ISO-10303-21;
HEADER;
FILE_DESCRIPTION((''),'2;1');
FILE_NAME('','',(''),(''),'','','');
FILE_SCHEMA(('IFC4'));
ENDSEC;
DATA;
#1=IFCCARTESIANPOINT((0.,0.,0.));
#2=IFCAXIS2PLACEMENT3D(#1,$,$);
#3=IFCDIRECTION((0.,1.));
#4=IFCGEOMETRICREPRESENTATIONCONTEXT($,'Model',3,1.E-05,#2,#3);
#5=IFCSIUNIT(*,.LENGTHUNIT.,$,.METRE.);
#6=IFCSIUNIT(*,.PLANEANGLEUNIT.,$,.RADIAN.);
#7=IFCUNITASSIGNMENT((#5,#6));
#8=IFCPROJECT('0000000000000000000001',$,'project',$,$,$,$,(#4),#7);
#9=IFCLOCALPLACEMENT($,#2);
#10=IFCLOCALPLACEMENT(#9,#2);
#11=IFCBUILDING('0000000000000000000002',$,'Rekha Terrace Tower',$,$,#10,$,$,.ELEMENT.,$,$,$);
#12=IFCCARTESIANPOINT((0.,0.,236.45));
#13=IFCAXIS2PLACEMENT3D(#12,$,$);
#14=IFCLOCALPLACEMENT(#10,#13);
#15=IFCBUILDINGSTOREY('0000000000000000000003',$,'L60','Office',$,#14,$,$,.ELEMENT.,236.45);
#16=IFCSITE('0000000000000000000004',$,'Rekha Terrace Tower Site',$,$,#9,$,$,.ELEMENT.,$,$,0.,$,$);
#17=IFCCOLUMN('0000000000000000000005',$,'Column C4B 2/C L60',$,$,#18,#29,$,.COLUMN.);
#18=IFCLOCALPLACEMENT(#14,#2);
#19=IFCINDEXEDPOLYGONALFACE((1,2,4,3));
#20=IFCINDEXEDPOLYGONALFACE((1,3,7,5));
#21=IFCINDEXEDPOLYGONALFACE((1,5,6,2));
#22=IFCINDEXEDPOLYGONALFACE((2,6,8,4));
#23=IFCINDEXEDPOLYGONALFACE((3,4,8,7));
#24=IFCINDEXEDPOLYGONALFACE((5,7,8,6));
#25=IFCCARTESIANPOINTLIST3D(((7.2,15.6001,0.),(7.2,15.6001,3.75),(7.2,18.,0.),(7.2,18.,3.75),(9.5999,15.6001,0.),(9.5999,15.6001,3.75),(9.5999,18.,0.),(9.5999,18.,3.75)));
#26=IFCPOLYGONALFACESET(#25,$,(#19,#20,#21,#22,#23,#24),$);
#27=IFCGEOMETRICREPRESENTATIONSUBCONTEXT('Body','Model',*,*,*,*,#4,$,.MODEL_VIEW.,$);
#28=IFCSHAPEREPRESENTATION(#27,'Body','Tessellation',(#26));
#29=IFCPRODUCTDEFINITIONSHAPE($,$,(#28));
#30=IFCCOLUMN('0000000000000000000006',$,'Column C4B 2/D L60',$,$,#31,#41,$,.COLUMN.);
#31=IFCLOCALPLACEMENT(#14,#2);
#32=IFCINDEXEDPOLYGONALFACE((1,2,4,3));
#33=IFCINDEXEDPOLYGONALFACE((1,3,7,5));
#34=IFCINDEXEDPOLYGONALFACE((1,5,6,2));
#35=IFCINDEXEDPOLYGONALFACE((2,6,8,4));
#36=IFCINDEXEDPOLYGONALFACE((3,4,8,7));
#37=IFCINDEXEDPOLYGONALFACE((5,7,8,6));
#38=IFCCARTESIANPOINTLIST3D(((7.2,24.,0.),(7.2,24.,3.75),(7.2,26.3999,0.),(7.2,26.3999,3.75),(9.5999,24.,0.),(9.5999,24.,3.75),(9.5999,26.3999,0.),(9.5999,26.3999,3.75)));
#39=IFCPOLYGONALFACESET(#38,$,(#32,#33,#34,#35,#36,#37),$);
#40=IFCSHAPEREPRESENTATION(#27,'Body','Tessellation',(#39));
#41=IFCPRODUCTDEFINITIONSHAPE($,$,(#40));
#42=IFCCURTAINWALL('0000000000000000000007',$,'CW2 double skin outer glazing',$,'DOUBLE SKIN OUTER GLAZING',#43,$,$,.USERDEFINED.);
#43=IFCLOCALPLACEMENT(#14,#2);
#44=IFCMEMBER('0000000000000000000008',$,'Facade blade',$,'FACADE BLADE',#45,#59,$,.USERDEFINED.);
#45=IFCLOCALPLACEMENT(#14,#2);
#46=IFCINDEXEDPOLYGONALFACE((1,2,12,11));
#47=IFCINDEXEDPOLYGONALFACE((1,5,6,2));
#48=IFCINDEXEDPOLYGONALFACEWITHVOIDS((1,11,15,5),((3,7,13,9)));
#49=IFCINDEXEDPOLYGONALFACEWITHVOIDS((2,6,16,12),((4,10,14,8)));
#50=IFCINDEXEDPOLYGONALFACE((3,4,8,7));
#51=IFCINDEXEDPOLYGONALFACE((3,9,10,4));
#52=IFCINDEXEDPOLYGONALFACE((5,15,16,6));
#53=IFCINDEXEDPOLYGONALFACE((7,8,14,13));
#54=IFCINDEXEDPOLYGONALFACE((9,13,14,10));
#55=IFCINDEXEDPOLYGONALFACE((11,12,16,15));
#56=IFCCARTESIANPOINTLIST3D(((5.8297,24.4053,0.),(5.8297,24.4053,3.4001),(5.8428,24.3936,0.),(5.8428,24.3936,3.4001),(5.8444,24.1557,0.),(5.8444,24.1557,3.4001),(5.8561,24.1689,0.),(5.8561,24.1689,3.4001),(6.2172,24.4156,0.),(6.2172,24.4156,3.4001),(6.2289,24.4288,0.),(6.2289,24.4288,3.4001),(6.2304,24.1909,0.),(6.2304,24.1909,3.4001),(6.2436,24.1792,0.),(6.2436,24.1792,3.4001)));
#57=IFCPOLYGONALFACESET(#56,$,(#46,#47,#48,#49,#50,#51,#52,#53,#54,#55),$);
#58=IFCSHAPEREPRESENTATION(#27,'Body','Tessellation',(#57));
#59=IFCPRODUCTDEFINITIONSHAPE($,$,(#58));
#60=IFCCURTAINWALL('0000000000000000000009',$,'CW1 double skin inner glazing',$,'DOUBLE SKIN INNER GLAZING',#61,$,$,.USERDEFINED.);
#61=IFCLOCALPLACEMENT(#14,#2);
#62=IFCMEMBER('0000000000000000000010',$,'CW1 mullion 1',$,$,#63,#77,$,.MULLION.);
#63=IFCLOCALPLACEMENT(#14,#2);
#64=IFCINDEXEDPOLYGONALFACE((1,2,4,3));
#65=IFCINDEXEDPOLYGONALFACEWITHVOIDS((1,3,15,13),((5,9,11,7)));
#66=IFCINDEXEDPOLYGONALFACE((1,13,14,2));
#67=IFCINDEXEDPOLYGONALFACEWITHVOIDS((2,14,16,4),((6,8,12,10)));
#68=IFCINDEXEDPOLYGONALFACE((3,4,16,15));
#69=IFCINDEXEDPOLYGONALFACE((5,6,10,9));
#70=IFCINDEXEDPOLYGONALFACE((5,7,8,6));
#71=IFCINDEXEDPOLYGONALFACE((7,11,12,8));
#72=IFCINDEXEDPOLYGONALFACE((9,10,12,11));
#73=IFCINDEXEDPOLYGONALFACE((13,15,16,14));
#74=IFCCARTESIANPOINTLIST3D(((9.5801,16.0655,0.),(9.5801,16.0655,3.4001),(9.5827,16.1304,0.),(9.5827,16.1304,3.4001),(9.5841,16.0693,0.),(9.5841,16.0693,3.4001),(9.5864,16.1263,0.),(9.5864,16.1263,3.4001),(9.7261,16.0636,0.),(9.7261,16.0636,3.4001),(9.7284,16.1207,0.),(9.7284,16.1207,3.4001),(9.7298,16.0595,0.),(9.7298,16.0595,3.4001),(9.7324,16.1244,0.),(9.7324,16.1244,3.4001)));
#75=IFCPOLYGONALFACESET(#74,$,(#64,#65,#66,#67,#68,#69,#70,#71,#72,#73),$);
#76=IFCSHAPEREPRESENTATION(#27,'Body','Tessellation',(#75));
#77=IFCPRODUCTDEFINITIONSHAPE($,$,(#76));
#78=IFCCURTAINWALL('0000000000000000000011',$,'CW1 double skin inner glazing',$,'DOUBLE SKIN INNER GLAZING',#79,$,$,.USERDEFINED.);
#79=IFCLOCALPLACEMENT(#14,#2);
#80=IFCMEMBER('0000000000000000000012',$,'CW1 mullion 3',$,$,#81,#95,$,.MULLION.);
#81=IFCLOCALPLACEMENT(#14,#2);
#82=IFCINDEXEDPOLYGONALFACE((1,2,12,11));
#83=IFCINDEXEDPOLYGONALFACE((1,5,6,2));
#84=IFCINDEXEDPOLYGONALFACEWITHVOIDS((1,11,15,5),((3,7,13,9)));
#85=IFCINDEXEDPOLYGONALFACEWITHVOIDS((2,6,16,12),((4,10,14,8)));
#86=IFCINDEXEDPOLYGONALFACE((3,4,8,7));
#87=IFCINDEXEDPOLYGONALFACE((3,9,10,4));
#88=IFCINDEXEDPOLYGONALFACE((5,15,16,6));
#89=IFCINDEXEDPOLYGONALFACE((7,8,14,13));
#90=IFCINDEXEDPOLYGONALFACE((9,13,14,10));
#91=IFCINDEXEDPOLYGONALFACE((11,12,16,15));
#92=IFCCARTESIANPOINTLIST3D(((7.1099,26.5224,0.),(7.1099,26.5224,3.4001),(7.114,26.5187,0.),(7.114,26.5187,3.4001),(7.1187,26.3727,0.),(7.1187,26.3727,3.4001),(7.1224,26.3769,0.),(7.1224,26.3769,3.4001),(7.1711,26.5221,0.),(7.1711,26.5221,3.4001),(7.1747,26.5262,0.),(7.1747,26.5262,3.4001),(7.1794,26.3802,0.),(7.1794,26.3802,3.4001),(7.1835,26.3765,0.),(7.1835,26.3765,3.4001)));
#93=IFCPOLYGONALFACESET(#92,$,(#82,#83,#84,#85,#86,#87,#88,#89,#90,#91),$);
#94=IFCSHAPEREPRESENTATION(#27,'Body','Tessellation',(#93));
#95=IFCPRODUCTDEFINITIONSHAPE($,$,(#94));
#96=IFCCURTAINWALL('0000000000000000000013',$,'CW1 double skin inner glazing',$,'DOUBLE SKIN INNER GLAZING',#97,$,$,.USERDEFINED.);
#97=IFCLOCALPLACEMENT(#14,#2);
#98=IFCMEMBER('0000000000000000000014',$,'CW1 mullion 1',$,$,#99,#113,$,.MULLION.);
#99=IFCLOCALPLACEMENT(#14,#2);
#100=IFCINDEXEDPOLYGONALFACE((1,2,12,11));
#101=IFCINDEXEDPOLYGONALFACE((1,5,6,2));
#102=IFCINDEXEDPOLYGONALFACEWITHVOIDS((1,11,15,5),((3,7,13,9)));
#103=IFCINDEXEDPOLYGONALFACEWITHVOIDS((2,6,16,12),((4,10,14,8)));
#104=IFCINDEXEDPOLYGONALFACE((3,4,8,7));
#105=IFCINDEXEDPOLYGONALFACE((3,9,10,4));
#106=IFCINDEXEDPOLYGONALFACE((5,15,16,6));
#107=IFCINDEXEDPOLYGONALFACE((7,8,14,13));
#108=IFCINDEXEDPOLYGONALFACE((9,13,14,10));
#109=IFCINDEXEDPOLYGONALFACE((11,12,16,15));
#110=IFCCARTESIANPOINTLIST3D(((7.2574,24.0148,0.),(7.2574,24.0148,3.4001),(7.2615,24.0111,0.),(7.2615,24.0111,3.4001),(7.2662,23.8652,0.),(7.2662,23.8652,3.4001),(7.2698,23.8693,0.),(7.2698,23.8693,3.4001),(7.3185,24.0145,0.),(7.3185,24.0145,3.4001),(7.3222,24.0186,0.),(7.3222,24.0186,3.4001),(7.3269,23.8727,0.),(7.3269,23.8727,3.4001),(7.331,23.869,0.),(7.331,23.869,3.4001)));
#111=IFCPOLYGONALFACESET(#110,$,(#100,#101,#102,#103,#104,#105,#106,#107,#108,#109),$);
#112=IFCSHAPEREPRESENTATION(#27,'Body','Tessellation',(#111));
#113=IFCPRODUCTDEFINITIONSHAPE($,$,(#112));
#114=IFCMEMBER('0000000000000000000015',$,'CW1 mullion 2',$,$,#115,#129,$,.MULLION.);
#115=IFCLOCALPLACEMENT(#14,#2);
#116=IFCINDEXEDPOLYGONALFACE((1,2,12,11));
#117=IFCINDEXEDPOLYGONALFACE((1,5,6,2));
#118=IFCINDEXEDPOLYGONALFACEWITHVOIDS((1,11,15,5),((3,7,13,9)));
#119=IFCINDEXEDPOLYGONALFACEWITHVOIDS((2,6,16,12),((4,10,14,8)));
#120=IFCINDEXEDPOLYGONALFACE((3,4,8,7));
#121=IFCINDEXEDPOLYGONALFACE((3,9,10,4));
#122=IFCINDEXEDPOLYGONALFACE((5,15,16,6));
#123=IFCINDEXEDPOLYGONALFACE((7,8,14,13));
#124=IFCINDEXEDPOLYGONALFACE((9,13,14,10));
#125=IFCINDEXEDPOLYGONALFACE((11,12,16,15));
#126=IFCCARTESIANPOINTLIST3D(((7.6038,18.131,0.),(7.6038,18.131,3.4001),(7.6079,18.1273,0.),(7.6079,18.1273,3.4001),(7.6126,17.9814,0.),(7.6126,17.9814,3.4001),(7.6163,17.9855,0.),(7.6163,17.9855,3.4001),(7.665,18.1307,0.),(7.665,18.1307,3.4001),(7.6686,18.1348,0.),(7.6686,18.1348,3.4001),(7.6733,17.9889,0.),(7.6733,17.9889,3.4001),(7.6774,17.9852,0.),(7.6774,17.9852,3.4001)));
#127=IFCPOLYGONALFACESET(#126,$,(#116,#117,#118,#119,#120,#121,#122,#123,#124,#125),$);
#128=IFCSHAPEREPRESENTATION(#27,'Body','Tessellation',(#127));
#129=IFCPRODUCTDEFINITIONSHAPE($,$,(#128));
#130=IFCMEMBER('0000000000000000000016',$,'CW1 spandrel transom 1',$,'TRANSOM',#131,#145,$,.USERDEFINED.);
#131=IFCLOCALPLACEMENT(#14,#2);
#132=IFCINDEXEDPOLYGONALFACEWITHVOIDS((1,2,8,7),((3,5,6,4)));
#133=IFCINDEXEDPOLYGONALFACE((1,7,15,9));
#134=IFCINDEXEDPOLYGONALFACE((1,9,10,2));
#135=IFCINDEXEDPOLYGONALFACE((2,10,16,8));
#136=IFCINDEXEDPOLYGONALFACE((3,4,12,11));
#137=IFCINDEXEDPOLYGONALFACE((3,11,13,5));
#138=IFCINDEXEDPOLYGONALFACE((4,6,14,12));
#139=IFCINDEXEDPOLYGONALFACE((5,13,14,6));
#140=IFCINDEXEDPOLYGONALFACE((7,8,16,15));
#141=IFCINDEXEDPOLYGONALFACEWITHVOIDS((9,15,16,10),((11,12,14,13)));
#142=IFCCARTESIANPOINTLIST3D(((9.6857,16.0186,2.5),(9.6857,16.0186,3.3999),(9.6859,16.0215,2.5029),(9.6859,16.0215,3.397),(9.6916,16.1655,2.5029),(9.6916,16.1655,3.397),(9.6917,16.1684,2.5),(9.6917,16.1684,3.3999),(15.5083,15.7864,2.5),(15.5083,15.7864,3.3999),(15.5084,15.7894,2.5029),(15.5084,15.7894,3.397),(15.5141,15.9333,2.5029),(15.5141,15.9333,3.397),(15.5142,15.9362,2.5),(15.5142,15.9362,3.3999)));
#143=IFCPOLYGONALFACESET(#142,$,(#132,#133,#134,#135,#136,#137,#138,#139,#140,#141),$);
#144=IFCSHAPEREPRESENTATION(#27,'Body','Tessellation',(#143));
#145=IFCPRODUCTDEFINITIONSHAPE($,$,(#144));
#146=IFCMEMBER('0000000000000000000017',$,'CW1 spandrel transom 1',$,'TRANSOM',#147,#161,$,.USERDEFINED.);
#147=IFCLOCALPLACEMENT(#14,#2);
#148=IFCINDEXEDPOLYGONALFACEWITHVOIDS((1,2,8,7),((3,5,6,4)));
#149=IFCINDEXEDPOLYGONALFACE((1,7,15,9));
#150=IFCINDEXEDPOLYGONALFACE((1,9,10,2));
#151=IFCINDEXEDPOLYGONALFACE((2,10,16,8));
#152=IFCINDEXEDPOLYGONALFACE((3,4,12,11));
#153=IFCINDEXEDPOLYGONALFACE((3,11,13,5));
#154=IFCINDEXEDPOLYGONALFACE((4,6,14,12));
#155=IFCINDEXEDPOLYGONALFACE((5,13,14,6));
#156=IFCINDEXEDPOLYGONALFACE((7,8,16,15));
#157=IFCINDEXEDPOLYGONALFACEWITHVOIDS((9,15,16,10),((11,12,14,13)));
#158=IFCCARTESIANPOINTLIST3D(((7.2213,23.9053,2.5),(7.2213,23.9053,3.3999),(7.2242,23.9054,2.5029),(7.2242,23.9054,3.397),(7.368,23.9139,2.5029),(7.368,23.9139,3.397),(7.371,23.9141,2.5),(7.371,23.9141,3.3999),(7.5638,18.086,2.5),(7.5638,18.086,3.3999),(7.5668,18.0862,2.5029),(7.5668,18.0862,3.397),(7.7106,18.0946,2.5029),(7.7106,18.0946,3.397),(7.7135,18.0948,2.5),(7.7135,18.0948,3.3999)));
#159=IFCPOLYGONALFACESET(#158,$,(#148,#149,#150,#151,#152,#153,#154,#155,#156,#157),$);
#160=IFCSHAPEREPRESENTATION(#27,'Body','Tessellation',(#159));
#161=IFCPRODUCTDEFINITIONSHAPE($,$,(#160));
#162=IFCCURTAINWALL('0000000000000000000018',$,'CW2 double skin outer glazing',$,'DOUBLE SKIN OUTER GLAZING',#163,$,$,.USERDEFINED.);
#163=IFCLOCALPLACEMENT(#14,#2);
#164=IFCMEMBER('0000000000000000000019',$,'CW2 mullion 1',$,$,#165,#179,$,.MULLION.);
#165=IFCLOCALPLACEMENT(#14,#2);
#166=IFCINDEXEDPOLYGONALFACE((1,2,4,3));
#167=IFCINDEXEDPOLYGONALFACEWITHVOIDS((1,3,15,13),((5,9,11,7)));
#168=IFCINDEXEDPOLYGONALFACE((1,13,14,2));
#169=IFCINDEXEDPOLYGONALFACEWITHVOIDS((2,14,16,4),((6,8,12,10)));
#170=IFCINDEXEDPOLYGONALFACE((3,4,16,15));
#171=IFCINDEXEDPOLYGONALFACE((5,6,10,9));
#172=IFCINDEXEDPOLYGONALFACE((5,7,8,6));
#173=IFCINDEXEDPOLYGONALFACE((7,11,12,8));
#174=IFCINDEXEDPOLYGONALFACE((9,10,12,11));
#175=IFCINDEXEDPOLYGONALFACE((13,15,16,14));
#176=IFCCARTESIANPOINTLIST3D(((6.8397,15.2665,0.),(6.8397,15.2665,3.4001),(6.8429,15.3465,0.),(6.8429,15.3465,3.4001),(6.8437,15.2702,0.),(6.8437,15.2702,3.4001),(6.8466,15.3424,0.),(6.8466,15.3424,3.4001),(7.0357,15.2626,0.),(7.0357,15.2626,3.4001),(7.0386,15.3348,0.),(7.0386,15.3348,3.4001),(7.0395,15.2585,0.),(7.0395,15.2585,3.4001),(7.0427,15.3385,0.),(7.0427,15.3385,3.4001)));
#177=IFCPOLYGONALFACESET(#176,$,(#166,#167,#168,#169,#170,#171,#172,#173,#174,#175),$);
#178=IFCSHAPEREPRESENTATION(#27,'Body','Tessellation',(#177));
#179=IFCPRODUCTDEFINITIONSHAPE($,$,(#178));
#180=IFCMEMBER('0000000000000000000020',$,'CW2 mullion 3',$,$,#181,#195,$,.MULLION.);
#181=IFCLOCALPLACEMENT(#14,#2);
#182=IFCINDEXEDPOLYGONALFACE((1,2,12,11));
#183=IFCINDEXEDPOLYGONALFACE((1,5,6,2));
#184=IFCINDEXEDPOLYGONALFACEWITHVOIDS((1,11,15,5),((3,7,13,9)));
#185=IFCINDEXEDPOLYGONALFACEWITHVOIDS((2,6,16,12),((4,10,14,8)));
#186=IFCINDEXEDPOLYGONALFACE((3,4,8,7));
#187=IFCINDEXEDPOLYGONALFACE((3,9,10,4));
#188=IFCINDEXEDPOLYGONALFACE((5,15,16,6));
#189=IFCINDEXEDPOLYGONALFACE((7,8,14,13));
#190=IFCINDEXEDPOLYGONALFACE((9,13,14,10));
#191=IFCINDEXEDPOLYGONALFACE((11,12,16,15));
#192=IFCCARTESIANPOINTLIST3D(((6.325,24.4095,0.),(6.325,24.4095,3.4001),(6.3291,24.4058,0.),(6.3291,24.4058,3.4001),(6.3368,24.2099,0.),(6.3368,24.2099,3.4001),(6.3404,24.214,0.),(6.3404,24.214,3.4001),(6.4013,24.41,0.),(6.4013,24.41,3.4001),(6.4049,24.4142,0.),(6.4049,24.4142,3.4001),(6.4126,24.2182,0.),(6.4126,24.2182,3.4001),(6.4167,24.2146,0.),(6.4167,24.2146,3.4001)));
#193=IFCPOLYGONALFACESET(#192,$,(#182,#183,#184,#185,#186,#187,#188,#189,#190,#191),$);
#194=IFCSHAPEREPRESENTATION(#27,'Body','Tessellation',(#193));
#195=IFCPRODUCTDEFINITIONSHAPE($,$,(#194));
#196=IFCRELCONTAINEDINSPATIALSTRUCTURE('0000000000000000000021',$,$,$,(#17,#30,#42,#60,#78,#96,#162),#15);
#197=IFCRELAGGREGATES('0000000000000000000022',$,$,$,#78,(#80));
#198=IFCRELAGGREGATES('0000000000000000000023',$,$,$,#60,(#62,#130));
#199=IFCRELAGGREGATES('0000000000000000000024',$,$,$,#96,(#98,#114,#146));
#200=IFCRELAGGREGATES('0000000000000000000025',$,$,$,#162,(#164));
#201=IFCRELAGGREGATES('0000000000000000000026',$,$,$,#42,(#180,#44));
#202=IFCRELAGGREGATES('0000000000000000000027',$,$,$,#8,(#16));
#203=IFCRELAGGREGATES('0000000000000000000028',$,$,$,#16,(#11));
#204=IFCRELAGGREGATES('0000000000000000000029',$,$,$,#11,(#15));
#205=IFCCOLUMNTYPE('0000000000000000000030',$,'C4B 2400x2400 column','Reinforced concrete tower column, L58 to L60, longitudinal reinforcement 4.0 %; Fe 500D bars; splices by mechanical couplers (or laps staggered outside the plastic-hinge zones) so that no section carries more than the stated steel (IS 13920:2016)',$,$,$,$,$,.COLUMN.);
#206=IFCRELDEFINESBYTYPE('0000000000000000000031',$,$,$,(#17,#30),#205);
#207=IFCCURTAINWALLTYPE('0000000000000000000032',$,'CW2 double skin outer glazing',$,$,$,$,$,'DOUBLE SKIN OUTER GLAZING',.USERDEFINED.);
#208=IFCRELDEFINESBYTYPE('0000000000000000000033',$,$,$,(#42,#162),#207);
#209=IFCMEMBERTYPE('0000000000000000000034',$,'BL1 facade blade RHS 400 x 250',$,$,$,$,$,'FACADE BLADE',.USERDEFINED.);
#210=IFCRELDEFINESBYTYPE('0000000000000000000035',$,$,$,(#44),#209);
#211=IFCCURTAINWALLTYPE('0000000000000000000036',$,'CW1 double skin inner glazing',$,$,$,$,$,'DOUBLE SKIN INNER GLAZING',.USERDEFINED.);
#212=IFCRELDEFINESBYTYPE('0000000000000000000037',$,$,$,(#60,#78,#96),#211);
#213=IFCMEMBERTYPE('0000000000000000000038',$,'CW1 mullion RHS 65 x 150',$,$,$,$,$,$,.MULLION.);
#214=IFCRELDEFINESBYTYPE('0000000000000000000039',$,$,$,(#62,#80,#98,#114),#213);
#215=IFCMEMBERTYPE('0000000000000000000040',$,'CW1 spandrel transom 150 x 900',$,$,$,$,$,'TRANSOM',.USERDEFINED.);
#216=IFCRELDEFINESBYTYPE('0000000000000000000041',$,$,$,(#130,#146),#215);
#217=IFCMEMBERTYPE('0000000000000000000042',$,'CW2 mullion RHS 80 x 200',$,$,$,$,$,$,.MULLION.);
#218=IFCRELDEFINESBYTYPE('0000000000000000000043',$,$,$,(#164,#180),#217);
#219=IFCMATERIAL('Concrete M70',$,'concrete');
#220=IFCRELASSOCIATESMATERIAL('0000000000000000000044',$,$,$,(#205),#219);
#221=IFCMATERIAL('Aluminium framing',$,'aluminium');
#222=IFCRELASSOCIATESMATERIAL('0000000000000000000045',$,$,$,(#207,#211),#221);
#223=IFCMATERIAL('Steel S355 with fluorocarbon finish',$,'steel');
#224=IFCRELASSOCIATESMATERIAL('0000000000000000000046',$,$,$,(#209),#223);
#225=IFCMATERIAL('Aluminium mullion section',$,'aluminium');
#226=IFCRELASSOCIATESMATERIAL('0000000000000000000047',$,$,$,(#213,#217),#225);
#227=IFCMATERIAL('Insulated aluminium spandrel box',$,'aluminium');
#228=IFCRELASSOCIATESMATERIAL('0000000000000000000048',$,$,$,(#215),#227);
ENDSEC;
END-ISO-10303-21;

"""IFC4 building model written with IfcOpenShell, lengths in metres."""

from ifc_helpers import new_model, si_unit, direction, frame, origin, origin_2d, place, context, subcontext, project, spatial, rectangle, hollow_rectangle, extrude, material, material_profile, profile_set, type_object, element, aggregate, save


model = new_model("IFC4")

# Units and contexts
model_context = context("Model", 3, precision=1e-05, world=origin(), true_north=direction((0.0, 1.0)))
body_context = subcontext(model_context, "Body", "Model", "MODEL_VIEW")
ifc_project = project(units=[si_unit("LENGTHUNIT", "METRE"), si_unit("PLANEANGLEUNIT", "RADIAN")], contexts=[model_context])

# Site, building, storey
site_placement = place(None, origin())
site = spatial("IfcSite", under=ifc_project, at=site_placement, Name="Rekha Terrace Tower Site", CompositionType="ELEMENT", RefElevation=0.0)
building_placement = place(site_placement, origin())
building = spatial("IfcBuilding", under=site, at=building_placement, Name="Rekha Terrace Tower", CompositionType="ELEMENT")
storey_placement = place(building_placement, frame((0.0, 0.0, 236.45)))
storey = spatial("IfcBuildingStorey", under=building, at=storey_placement, Name="L60", Description="Office", CompositionType="ELEMENT", Elevation=236.45)

# Columns
ifc_material_1 = material(Name="Concrete M70", Category="concrete")
ifc_material_profile_1 = material_profile(ifc_material_1, rectangle(XDim=2.3999, YDim=2.3999, at=origin_2d()), Name="RC 2400x2400")
ifc_profile_set_1 = profile_set([ifc_material_profile_1], Name="Concrete M70")
column_type = type_object("IfcColumnType", Name="C4B 2400x2400 column", Description="Reinforced concrete tower column, L58 to L60, longitudinal reinforcement 4.0 %; Fe 500D bars; splices by mechanical couplers (or laps staggered outside the plastic-hinge zones) so that no section carries more than the stated steel (IS 13920:2016)", PredefinedType="COLUMN", material=ifc_profile_set_1)
for number, where, z_axis, x_axis, name in (
    (1, (8.3999, 16.8, 0.0), (0.0, 0.0, 1.0), (1.0, 0.0, 0.0), "Column C4B 2/C L60"),
    (2, (8.3999, 25.2, 0.0), (0.0, 0.0, 1.0), (1.0, 0.0, 0.0), "Column C4B 2/D L60"),
):
    element("IfcColumn", number, at=place(storey_placement, frame(where, z_axis=z_axis, x_axis=x_axis)), inside=storey, type_object=column_type, Name=name, PredefinedType="COLUMN", context=body_context, shape_type="SweptSolid", body=[
        extrude(rectangle(XDim=2.3999, YDim=2.3999, at=origin_2d()), origin(), (0.0, 0.0, 1.0), 3.75),
    ])

# Curtain walls, members
ifc_material_2 = material(Name="Aluminium framing", Category="aluminium")
curtain_wall_type_1 = type_object("IfcCurtainWallType", Name="CW2 double skin outer glazing", ElementType="DOUBLE SKIN OUTER GLAZING", PredefinedType="USERDEFINED", material=ifc_material_2)
curtain_wall_1_placement = place(storey_placement, origin())
curtain_wall_1 = element("IfcCurtainWall", 3, at=curtain_wall_1_placement, inside=storey, type_object=curtain_wall_type_1, Name="CW2 double skin outer glazing", ObjectType="DOUBLE SKIN OUTER GLAZING", PredefinedType="USERDEFINED")
ifc_material_3 = material(Name="Steel S355 with fluorocarbon finish", Category="steel")
ifc_material_profile_2 = material_profile(ifc_material_3, hollow_rectangle(XDim=0.25, YDim=0.3999, WallThickness=0.0125, at=origin_2d()), Name="RHS400x250x12.5")
ifc_profile_set_2 = profile_set([ifc_material_profile_2], Name="Steel S355 with fluorocarbon finish")
member_type_1 = type_object("IfcMemberType", Name="BL1 facade blade RHS 400 x 250", ElementType="FACADE BLADE", PredefinedType="USERDEFINED", material=ifc_profile_set_2)
member_1_placement = place(storey_placement, frame((6.0366, 24.2922, 0.0), z_axis=(0.0, 0.0, 1.0), x_axis=(0.058765, -0.998272, 0.0)))
member_1 = element("IfcMember", 4, at=member_1_placement, type_object=member_type_1, Name="Facade blade", ObjectType="FACADE BLADE", PredefinedType="USERDEFINED", context=body_context, shape_type="SweptSolid", body=[
    extrude(hollow_rectangle(XDim=0.25, YDim=0.3999, WallThickness=0.0125, at=origin_2d()), origin(), (0.0, 0.0, 1.0), 3.4001),
])
curtain_wall_type_2 = type_object("IfcCurtainWallType", Name="CW1 double skin inner glazing", ElementType="DOUBLE SKIN INNER GLAZING", PredefinedType="USERDEFINED", material=ifc_material_2)
curtain_wall_2_placement = place(storey_placement, origin())
curtain_wall_2 = element("IfcCurtainWall", 5, at=curtain_wall_2_placement, inside=storey, type_object=curtain_wall_type_2, Name="CW1 double skin inner glazing", ObjectType="DOUBLE SKIN INNER GLAZING", PredefinedType="USERDEFINED")
ifc_material_4 = material(Name="Aluminium mullion section", Category="aluminium")
ifc_material_profile_3 = material_profile(ifc_material_4, hollow_rectangle(XDim=0.0649, YDim=0.1499, WallThickness=0.0039, at=origin_2d()), Name="AL RHS 65x150")
ifc_profile_set_3 = profile_set([ifc_material_profile_3], Name="Aluminium mullion section")
member_type_2 = type_object("IfcMemberType", Name="CW1 mullion RHS 65 x 150", PredefinedType="MULLION", material=ifc_profile_set_3)
member_2_placement = place(storey_placement, frame((9.6562, 16.095, 0.0), z_axis=(0.0, 0.0, 1.0), x_axis=(0.039872, 0.999205, 0.0)))
member_2 = element("IfcMember", 6, at=member_2_placement, type_object=member_type_2, Name="CW1 mullion 1", PredefinedType="MULLION", context=body_context, shape_type="SweptSolid", body=[
    extrude(hollow_rectangle(XDim=0.0649, YDim=0.1499, WallThickness=0.0039, at=origin_2d()), origin(), (0.0, 0.0, 1.0), 3.4001),
])
curtain_wall_3_placement = place(storey_placement, origin())
curtain_wall_3 = element("IfcCurtainWall", 7, at=curtain_wall_3_placement, inside=storey, type_object=curtain_wall_type_2, Name="CW1 double skin inner glazing", ObjectType="DOUBLE SKIN INNER GLAZING", PredefinedType="USERDEFINED")
member_3_placement = place(storey_placement, frame((7.1467, 26.4495, 0.0), z_axis=(0.0, 0.0, 1.0), x_axis=(0.998272, 0.058765, 0.0)))
member_3 = element("IfcMember", 8, at=member_3_placement, type_object=member_type_2, Name="CW1 mullion 3", PredefinedType="MULLION", context=body_context, shape_type="SweptSolid", body=[
    extrude(hollow_rectangle(XDim=0.0649, YDim=0.1499, WallThickness=0.0039, at=origin_2d()), origin(), (0.0, 0.0, 1.0), 3.4001),
])
aggregate(curtain_wall_3, [member_3])

# Curtain wall, members
curtain_wall_4_placement = place(storey_placement, origin())
curtain_wall_4 = element("IfcCurtainWall", 9, at=curtain_wall_4_placement, inside=storey, type_object=curtain_wall_type_2, Name="CW1 double skin inner glazing", ObjectType="DOUBLE SKIN INNER GLAZING", PredefinedType="USERDEFINED")
member_4_placement = place(storey_placement, frame((7.2942, 23.9419, 0.0), z_axis=(0.0, 0.0, 1.0), x_axis=(0.998272, 0.058765, 0.0)))
member_4 = element("IfcMember", 10, at=member_4_placement, type_object=member_type_2, Name="CW1 mullion 1", PredefinedType="MULLION", context=body_context, shape_type="SweptSolid", body=[
    extrude(hollow_rectangle(XDim=0.0649, YDim=0.1499, WallThickness=0.0039, at=origin_2d()), origin(), (0.0, 0.0, 1.0), 3.4001),
])
member_5_placement = place(storey_placement, frame((7.6406, 18.0581, 0.0), z_axis=(0.0, 0.0, 1.0), x_axis=(0.998272, 0.058765, 0.0)))
member_5 = element("IfcMember", 11, at=member_5_placement, type_object=member_type_2, Name="CW1 mullion 2", PredefinedType="MULLION", context=body_context, shape_type="SweptSolid", body=[
    extrude(hollow_rectangle(XDim=0.0649, YDim=0.1499, WallThickness=0.0039, at=origin_2d()), origin(), (0.0, 0.0, 1.0), 3.4001),
])

# Members
ifc_material_5 = material(Name="Insulated aluminium spandrel box", Category="aluminium")
ifc_material_profile_4 = material_profile(ifc_material_5, hollow_rectangle(XDim=0.1499, YDim=0.8999, WallThickness=0.0029, at=origin_2d()), Name="AL SPANDREL BOX 150x900")
ifc_profile_set_4 = profile_set([ifc_material_profile_4], Name="Insulated aluminium spandrel box")
member_type_3 = type_object("IfcMemberType", Name="CW1 spandrel transom 150 x 900", ElementType="TRANSOM", PredefinedType="USERDEFINED", material=ifc_profile_set_4)
member_6_placement = place(storey_placement, frame((9.6887, 16.0935, 2.95), z_axis=(0.999206, -0.039844, 0.0), x_axis=(0.039844, 0.999206, 0.0)))
member_6 = element("IfcMember", 12, at=member_6_placement, type_object=member_type_3, Name="CW1 spandrel transom 1", ObjectType="TRANSOM", PredefinedType="USERDEFINED", context=body_context, shape_type="SweptSolid", body=[
    extrude(hollow_rectangle(XDim=0.1499, YDim=0.8999, WallThickness=0.0029, at=origin_2d()), origin(), (0.0, 0.0, 1.0), 5.8271),
])
member_7_placement = place(storey_placement, frame((7.2961, 23.9097, 2.95), z_axis=(0.058759, -0.998272, 0.0), x_axis=(0.998272, 0.058759, 0.0)))
member_7 = element("IfcMember", 13, at=member_7_placement, type_object=member_type_3, Name="CW1 spandrel transom 1", ObjectType="TRANSOM", PredefinedType="USERDEFINED", context=body_context, shape_type="SweptSolid", body=[
    extrude(hollow_rectangle(XDim=0.1499, YDim=0.8999, WallThickness=0.0029, at=origin_2d()), origin(), (0.0, 0.0, 1.0), 5.8293),
])

# Curtain wall, member
curtain_wall_5_placement = place(storey_placement, origin())
curtain_wall_5 = element("IfcCurtainWall", 14, at=curtain_wall_5_placement, inside=storey, type_object=curtain_wall_type_1, Name="CW2 double skin outer glazing", ObjectType="DOUBLE SKIN OUTER GLAZING", PredefinedType="USERDEFINED")
ifc_material_profile_5 = material_profile(ifc_material_4, hollow_rectangle(XDim=0.0801, YDim=0.2, WallThickness=0.0039, at=origin_2d()), Name="AL RHS 80x200")
ifc_profile_set_5 = profile_set([ifc_material_profile_5], Name="Aluminium mullion section")
member_type_4 = type_object("IfcMemberType", Name="CW2 mullion RHS 80 x 200", PredefinedType="MULLION", material=ifc_profile_set_5)
member_8_placement = place(storey_placement, frame((6.9412, 15.3025, 0.0), z_axis=(0.0, 0.0, 1.0), x_axis=(0.039872, 0.999205, 0.0)))
member_8 = element("IfcMember", 15, at=member_8_placement, type_object=member_type_4, Name="CW2 mullion 1", PredefinedType="MULLION", context=body_context, shape_type="SweptSolid", body=[
    extrude(hollow_rectangle(XDim=0.0801, YDim=0.2, WallThickness=0.0039, at=origin_2d()), origin(), (0.0, 0.0, 1.0), 3.4001),
])

# Member
member_9_placement = place(storey_placement, frame((6.3708, 24.312, 0.0), z_axis=(0.0, 0.0, 1.0), x_axis=(0.998272, 0.058765, 0.0)))
member_9 = element("IfcMember", 16, at=member_9_placement, type_object=member_type_4, Name="CW2 mullion 3", PredefinedType="MULLION", context=body_context, shape_type="SweptSolid", body=[
    extrude(hollow_rectangle(XDim=0.0801, YDim=0.2, WallThickness=0.0039, at=origin_2d()), origin(), (0.0, 0.0, 1.0), 3.4001),
])

aggregate(curtain_wall_2, [member_2, member_6])
aggregate(curtain_wall_4, [member_4, member_5, member_7])
aggregate(curtain_wall_5, [member_8])
aggregate(curtain_wall_1, [member_9, member_1])

save(model, "model.ifc")
